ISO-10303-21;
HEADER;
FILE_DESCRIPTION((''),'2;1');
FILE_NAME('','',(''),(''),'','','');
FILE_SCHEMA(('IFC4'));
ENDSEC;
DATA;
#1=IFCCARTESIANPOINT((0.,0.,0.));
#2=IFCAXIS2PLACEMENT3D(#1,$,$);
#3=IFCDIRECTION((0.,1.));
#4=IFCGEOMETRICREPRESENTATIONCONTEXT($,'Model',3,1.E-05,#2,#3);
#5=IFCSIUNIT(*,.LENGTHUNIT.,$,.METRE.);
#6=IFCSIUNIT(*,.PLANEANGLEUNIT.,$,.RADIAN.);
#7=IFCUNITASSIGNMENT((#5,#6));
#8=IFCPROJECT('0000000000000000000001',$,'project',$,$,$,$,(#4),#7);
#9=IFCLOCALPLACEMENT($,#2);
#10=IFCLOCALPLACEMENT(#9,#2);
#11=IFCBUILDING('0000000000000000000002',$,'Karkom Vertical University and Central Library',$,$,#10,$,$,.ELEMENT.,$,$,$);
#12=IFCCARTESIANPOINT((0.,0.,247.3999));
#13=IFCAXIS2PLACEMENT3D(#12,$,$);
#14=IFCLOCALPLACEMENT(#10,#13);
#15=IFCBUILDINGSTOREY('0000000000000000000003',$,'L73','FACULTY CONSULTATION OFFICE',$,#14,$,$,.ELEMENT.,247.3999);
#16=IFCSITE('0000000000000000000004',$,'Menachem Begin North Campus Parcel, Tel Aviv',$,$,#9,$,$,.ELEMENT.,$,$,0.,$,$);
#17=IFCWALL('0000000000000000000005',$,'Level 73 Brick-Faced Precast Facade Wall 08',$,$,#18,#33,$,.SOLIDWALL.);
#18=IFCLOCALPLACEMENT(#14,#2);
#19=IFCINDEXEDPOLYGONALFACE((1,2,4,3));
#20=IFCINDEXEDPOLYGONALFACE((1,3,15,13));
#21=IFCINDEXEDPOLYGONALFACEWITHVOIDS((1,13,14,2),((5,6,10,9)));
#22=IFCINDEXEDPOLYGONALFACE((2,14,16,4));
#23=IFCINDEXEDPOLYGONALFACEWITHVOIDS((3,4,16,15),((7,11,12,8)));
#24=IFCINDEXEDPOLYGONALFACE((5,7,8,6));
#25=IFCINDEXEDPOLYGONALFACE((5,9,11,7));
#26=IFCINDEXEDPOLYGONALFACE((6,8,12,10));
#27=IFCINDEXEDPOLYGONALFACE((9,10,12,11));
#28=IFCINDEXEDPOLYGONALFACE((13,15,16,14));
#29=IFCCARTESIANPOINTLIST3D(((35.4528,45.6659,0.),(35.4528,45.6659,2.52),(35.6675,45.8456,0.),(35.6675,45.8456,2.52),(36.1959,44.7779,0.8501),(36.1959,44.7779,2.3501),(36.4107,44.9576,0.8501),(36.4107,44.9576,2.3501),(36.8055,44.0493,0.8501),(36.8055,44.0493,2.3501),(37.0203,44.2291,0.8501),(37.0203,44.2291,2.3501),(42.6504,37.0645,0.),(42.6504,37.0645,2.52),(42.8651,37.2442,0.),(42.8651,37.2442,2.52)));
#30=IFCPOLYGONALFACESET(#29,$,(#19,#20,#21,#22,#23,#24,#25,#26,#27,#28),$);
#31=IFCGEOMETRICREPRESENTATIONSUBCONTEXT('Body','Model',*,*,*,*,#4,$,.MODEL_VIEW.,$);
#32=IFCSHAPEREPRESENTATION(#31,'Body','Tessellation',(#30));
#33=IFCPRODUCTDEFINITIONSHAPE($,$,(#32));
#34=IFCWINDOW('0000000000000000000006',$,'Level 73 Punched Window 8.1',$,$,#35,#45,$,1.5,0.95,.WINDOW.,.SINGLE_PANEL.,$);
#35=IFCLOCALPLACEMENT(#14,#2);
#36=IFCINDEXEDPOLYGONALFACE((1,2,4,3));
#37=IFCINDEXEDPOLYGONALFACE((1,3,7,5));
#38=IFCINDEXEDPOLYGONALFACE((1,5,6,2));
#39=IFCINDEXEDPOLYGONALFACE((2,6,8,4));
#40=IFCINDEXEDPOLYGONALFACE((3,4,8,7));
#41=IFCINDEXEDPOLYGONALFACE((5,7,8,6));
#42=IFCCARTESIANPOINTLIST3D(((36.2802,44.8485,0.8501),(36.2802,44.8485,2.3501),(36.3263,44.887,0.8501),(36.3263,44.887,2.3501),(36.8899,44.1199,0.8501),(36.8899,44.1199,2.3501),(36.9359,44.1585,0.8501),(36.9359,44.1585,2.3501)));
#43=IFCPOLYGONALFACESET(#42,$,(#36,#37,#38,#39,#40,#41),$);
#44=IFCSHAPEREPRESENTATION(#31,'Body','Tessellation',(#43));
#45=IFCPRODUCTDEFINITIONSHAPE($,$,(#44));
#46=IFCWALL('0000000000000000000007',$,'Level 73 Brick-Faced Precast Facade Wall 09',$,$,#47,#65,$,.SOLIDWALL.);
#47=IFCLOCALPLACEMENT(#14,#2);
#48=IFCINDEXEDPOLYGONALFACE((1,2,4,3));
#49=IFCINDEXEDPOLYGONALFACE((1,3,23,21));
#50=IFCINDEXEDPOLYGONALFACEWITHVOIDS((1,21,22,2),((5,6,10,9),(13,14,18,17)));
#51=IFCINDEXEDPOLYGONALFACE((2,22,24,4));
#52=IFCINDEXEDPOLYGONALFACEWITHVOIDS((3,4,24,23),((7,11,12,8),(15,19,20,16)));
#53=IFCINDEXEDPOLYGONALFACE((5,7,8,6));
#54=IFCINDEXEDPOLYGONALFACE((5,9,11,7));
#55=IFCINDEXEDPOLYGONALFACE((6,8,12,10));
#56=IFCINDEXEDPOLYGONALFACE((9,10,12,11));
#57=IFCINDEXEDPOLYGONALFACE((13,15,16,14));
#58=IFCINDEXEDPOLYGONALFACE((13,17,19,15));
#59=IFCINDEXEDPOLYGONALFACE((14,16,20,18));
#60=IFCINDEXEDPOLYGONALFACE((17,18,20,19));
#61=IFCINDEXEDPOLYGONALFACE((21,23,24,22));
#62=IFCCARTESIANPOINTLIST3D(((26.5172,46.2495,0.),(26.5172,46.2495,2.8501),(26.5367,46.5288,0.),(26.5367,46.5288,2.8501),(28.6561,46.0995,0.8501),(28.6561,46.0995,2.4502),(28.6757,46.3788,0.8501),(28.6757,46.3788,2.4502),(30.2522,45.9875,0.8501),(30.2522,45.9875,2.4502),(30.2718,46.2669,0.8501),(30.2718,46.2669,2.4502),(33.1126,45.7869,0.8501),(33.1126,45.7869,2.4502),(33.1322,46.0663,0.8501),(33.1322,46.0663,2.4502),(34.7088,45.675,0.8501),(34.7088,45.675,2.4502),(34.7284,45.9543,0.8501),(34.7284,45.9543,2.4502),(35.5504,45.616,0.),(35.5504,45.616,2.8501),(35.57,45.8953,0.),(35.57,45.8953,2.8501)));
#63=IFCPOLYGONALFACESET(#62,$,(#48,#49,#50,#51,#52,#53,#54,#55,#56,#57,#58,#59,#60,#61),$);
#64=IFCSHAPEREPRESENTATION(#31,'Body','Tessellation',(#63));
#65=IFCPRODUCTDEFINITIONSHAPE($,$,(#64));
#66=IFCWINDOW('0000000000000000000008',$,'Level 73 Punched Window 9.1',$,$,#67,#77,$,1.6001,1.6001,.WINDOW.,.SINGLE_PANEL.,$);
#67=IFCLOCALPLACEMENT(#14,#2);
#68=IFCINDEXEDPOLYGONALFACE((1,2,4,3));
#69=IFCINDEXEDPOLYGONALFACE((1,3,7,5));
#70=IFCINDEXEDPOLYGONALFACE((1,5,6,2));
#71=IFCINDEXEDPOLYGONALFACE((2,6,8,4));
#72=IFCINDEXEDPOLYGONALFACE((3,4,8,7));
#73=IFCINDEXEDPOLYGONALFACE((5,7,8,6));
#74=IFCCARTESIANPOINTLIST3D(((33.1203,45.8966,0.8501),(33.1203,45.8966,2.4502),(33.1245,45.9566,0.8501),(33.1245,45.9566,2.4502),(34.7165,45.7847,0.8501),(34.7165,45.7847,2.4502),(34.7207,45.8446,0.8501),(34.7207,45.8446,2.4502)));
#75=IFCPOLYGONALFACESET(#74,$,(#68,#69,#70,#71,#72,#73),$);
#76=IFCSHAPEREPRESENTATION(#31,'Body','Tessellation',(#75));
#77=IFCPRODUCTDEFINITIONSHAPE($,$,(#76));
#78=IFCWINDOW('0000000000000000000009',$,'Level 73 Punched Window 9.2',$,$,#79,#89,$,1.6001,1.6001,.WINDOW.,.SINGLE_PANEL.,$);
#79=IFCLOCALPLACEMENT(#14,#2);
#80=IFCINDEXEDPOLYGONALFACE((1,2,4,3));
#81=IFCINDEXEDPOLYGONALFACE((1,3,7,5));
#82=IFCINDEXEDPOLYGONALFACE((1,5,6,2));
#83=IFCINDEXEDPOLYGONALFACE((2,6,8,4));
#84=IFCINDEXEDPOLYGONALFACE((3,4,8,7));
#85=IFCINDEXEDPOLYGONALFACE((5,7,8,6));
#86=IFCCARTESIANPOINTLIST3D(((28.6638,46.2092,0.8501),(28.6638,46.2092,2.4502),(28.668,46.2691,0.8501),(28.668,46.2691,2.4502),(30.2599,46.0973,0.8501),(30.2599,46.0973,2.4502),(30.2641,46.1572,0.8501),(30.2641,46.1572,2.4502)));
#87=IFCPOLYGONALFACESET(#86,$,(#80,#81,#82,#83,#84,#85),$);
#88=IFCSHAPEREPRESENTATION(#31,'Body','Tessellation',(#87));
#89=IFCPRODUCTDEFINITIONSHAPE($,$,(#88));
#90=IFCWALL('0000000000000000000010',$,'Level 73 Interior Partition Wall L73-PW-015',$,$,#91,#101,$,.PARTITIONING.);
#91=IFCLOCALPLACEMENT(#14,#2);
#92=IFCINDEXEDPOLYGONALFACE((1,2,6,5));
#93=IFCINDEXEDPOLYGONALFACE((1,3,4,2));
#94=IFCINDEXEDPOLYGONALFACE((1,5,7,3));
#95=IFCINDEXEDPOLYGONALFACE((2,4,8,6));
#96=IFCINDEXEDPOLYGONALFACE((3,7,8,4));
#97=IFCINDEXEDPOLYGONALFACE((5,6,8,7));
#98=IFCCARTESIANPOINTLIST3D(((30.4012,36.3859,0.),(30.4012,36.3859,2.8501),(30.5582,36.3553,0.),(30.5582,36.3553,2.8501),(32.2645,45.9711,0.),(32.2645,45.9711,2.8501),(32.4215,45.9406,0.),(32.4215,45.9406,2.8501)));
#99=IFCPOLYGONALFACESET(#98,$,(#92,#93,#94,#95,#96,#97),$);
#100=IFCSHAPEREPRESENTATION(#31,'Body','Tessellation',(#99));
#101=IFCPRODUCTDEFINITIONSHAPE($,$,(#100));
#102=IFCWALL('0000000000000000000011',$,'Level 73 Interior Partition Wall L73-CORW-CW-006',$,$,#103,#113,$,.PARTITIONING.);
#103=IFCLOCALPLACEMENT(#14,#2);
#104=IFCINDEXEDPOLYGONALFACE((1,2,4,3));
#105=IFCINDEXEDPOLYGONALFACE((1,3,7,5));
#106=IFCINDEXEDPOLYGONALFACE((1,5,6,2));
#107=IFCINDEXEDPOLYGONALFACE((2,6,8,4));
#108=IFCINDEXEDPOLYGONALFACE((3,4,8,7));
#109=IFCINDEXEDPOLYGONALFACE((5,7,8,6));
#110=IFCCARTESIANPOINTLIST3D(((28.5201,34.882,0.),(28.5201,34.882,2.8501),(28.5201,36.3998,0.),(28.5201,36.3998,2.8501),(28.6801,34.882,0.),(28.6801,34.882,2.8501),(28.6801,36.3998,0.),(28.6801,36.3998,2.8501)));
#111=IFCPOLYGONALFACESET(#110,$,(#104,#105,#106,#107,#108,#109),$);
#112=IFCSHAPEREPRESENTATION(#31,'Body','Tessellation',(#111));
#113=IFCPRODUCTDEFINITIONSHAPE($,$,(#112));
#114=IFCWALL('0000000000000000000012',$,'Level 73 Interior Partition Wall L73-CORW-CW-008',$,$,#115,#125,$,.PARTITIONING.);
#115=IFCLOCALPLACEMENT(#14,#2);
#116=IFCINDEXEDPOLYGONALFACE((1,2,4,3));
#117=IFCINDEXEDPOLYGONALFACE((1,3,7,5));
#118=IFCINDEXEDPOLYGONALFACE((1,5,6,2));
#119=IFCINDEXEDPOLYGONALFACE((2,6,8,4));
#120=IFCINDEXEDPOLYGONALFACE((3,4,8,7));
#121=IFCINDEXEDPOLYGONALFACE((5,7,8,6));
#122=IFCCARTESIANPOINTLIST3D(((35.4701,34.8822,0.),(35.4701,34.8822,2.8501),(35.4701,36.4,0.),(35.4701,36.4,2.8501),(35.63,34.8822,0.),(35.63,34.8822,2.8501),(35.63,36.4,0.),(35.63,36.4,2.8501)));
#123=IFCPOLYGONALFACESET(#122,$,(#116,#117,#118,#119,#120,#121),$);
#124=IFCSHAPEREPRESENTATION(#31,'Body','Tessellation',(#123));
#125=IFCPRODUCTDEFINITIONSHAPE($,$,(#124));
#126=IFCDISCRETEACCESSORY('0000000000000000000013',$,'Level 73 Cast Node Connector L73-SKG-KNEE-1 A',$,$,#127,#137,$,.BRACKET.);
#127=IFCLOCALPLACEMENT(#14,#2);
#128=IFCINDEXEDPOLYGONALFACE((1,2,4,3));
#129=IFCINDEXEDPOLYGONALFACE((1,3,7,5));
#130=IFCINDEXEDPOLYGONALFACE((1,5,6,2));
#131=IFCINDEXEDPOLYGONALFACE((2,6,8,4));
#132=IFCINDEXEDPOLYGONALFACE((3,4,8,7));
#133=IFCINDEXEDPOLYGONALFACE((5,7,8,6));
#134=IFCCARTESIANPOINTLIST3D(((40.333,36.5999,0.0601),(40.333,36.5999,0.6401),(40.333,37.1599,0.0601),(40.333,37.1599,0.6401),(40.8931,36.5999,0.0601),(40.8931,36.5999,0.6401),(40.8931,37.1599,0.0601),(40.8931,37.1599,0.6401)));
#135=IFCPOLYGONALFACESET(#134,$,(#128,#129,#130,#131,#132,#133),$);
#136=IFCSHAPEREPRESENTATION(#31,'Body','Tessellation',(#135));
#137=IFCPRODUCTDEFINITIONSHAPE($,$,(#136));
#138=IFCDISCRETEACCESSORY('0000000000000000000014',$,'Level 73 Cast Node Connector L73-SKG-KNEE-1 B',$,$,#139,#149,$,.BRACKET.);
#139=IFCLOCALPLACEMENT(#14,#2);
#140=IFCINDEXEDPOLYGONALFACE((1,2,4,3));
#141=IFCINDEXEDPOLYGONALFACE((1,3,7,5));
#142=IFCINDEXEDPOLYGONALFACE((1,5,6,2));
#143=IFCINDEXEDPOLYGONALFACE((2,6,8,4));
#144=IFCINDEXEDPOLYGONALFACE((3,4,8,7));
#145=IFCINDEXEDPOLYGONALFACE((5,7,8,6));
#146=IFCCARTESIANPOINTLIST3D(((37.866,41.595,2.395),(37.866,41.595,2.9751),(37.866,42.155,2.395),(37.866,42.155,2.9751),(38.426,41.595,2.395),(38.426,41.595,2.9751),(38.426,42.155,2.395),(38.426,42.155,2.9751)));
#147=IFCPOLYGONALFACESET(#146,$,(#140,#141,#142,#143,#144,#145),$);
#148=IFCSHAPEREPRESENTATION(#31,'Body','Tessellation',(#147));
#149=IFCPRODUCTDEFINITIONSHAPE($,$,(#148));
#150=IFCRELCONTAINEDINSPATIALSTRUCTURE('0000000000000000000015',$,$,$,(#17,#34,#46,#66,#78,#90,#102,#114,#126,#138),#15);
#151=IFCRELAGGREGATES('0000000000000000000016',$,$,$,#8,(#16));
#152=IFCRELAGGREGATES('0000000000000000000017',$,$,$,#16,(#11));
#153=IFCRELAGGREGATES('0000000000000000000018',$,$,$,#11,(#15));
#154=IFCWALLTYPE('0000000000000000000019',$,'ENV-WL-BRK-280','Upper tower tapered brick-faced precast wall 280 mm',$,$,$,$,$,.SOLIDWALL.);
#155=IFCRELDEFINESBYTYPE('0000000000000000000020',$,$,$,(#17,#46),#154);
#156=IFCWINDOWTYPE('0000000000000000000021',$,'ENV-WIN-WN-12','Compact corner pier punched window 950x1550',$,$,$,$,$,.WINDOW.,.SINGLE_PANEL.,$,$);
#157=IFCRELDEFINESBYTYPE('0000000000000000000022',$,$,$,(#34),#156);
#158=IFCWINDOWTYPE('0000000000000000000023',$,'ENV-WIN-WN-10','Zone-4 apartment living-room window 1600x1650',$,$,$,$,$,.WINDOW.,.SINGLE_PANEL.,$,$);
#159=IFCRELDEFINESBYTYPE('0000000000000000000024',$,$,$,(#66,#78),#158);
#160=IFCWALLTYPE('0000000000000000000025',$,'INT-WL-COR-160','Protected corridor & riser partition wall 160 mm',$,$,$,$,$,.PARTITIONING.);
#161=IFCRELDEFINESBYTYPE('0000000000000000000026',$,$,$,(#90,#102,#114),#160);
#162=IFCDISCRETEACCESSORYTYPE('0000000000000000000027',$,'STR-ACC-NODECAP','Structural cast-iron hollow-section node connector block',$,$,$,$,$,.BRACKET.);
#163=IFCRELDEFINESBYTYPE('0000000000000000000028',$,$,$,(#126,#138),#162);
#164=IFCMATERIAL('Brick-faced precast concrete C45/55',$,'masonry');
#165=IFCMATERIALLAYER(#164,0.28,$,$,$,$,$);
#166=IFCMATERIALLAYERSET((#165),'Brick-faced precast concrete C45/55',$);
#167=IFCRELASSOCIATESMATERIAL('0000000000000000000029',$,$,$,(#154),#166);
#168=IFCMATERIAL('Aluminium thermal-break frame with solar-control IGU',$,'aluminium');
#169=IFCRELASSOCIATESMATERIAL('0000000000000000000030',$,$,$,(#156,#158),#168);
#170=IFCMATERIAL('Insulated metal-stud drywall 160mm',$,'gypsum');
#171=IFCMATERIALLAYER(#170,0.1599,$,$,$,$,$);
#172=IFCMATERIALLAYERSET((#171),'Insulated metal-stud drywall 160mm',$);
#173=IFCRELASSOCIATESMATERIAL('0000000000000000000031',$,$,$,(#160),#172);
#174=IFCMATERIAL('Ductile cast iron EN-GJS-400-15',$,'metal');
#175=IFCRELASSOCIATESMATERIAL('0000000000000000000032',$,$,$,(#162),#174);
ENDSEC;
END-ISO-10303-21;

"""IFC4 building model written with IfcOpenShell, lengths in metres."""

from ifc_helpers import new_model, si_unit, direction, frame, frame_2d, origin, origin_with_axes, origin_2d, place, context, subcontext, project, spatial, rectangle, extrude, source, transform, mapped, material, layer, layer_set, type_object, element, fill, save


model = new_model("IFC4")

# Units and contexts
model_context = context("Model", 3, precision=1e-05, world=origin(), true_north=direction((0.0, 1.0)))
body_context = subcontext(model_context, "Body", "Model", "MODEL_VIEW")
ifc_project = project(units=[si_unit("LENGTHUNIT", "METRE"), si_unit("PLANEANGLEUNIT", "RADIAN")], contexts=[model_context])

# Site, building, storey
site_placement = place(None, origin())
site = spatial("IfcSite", under=ifc_project, at=site_placement, Name="Menachem Begin North Campus Parcel, Tel Aviv", CompositionType="ELEMENT", RefElevation=0.0)
building_placement = place(site_placement, origin())
building = spatial("IfcBuilding", under=site, at=building_placement, Name="Karkom Vertical University and Central Library", CompositionType="ELEMENT")
storey_placement = place(building_placement, frame((0.0, 0.0, 247.3999)))
storey = spatial("IfcBuildingStorey", under=building, at=storey_placement, Name="L73", Description="FACULTY CONSULTATION OFFICE", CompositionType="ELEMENT", Elevation=247.3999)

# Wall, opening, window
ifc_material_1 = material(Name="Brick-faced precast concrete C45/55", Category="masonry")
ifc_layer_1 = layer(ifc_material_1, 0.28)
ifc_layer_set_1 = layer_set([ifc_layer_1], Name="Brick-faced precast concrete C45/55")
wall_type_1 = type_object("IfcWallType", Name="ENV-WL-BRK-280", Description="Upper tower tapered brick-faced precast wall 280 mm", PredefinedType="SOLIDWALL", material=ifc_layer_set_1)
wall_1_placement = place(storey_placement, frame((42.7578, 37.1543, 0.0), z_axis=(0.0, 0.0, 1.0), x_axis=(-0.641748, 0.766915, 0.0)))
wall_1 = element("IfcWall", 1, at=wall_1_placement, inside=storey, type_object=wall_type_1, Name="Level 73 Brick-Faced Precast Facade Wall 08", PredefinedType="SOLIDWALL", context=body_context, shape_type="SweptSolid", body=[
    extrude(rectangle(XDim=11.2156, YDim=0.28, at=frame_2d((5.6079, 0.0))), origin(), (0.0, 0.0, 1.0), 2.52),
])
opening_1_placement = place(wall_1_placement, frame((9.1077, 0.0, 0.8501)))
opening_1 = element("IfcOpeningElement", 2, at=opening_1_placement, cuts=wall_1, PredefinedType="OPENING", context=body_context, shape_type="SweptSolid", body=[
    extrude(rectangle(XDim=0.95, YDim=1.5, at=frame_2d((0.4751, 0.75))), frame((0.0, 0.1499, 0.0), z_axis=(0.0, -1.0, 0.0), x_axis=(1.0, 0.0, 0.0)), (0.0, 0.0, 1.0), 0.3),
])
ifc_material_2 = material(Name="Aluminium thermal-break frame with solar-control IGU", Category="aluminium")
window_type_1 = type_object("IfcWindowType", Name="ENV-WIN-WN-12", Description="Compact corner pier punched window 950x1550", PartitioningType="SINGLE_PANEL", PredefinedType="WINDOW", material=ifc_material_2)
shared_shape_1 = source(origin_with_axes(), body_context, "Body", "SweptSolid", [
    extrude(rectangle(XDim=0.95, YDim=1.5, at=frame_2d((0.4751, 0.75))), frame((0.0, 0.03, 0.0), z_axis=(0.0, -1.0, 0.0), x_axis=(1.0, 0.0, 0.0)), (0.0, 0.0, 1.0), 0.0601),
])
window_1_placement = place(opening_1_placement, origin())
window_1 = element("IfcWindow", 3, at=window_1_placement, inside=storey, type_object=window_type_1, Name="Level 73 Punched Window 8.1", OverallHeight=1.5, OverallWidth=0.95, PartitioningType="SINGLE_PANEL", PredefinedType="WINDOW", context=body_context, shape_type="MappedRepresentation", body=[
    mapped(shared_shape_1, transform((0.0, 0.0, 0.0), scale=1.0)),
])
fill(opening_1, window_1)

# Wall, openings, windows
wall_2_placement = place(storey_placement, frame((35.5603, 45.7556, 0.0), z_axis=(0.0, 0.0, 1.0), x_axis=(-0.99755, 0.069963, 0.0)))
wall_2 = element("IfcWall", 4, at=wall_2_placement, inside=storey, type_object=wall_type_1, Name="Level 73 Brick-Faced Precast Facade Wall 09", PredefinedType="SOLIDWALL", context=body_context, shape_type="SweptSolid", body=[
    extrude(rectangle(XDim=9.0554, YDim=0.28, at=frame_2d((4.5278, 0.0))), origin(), (0.0, 0.0, 1.0), 2.8501),
])
opening_2_placement = place(wall_2_placement, frame((0.8438, 0.0, 0.8501)))
opening_2 = element("IfcOpeningElement", 5, at=opening_2_placement, cuts=wall_2, PredefinedType="OPENING", context=body_context, shape_type="SweptSolid", body=[
    extrude(rectangle(XDim=1.6001, YDim=1.6001, at=frame_2d((0.8, 0.8))), frame((0.0, 0.1499, 0.0), z_axis=(0.0, -1.0, 0.0), x_axis=(1.0, 0.0, 0.0)), (0.0, 0.0, 1.0), 0.3),
])
opening_3_placement = place(wall_2_placement, frame((5.3113, 0.0, 0.8501)))
opening_3 = element("IfcOpeningElement", 6, at=opening_3_placement, cuts=wall_2, PredefinedType="OPENING", context=body_context, shape_type="SweptSolid", body=[
    extrude(rectangle(XDim=1.6001, YDim=1.6001, at=frame_2d((0.8, 0.8))), frame((0.0, 0.1499, 0.0), z_axis=(0.0, -1.0, 0.0), x_axis=(1.0, 0.0, 0.0)), (0.0, 0.0, 1.0), 0.3),
])
window_type_2 = type_object("IfcWindowType", Name="ENV-WIN-WN-10", Description="Zone-4 apartment living-room window 1600x1650", PartitioningType="SINGLE_PANEL", PredefinedType="WINDOW", material=ifc_material_2)
shared_shape_2 = source(origin_with_axes(), body_context, "Body", "SweptSolid", [
    extrude(rectangle(XDim=1.6001, YDim=1.6001, at=frame_2d((0.8, 0.8))), frame((0.0, 0.03, 0.0), z_axis=(0.0, -1.0, 0.0), x_axis=(1.0, 0.0, 0.0)), (0.0, 0.0, 1.0), 0.0601),
])
window_2_placement = place(opening_2_placement, origin())
window_2 = element("IfcWindow", 7, at=window_2_placement, inside=storey, type_object=window_type_2, Name="Level 73 Punched Window 9.1", OverallHeight=1.6001, OverallWidth=1.6001, PartitioningType="SINGLE_PANEL", PredefinedType="WINDOW", context=body_context, shape_type="MappedRepresentation", body=[
    mapped(shared_shape_2, transform((0.0, 0.0, 0.0), scale=1.0)),
])
fill(opening_2, window_2)
window_3_placement = place(opening_3_placement, origin())
window_3 = element("IfcWindow", 8, at=window_3_placement, inside=storey, type_object=window_type_2, Name="Level 73 Punched Window 9.2", OverallHeight=1.6001, OverallWidth=1.6001, PartitioningType="SINGLE_PANEL", PredefinedType="WINDOW", context=body_context, shape_type="MappedRepresentation", body=[
    mapped(shared_shape_2, transform((0.0, 0.0, 0.0), scale=1.0)),
])
fill(opening_3, window_3)

# Wall
ifc_material_3 = material(Name="Insulated metal-stud drywall 160mm", Category="gypsum")
ifc_layer_2 = layer(ifc_material_3, 0.1599)
ifc_layer_set_2 = layer_set([ifc_layer_2], Name="Insulated metal-stud drywall 160mm")
wall_type_2 = type_object("IfcWallType", Name="INT-WL-COR-160", Description="Protected corridor & riser partition wall 160 mm", PredefinedType="PARTITIONING", material=ifc_layer_set_2)
wall_3_placement = place(storey_placement, frame((30.4797, 36.3706, 0.0), z_axis=(0.0, 0.0, 1.0), x_axis=(0.190819, 0.981625, 0.0)))
element("IfcWall", 9, at=wall_3_placement, inside=storey, type_object=wall_type_2, Name="Level 73 Interior Partition Wall L73-PW-015", PredefinedType="PARTITIONING", context=body_context, shape_type="SweptSolid", body=[
    extrude(rectangle(XDim=9.7646, YDim=0.1599, at=frame_2d((4.8823, 0.0))), origin(), (0.0, 0.0, 1.0), 2.8501),
])

# Walls
for number, where, z_axis, x_axis, name in (
    (10, (28.6001, 34.8821, 0.0), (0.0, 0.0, 1.0), (0.0, 1.0, 0.0), "Level 73 Interior Partition Wall L73-CORW-CW-006"),
    (11, (35.55, 36.3999, 0.0), (0.0, 0.0, 1.0), (0.0, -1.0, 0.0), "Level 73 Interior Partition Wall L73-CORW-CW-008"),
):
    element("IfcWall", number, at=place(storey_placement, frame(where, z_axis=z_axis, x_axis=x_axis)), inside=storey, type_object=wall_type_2, Name=name, PredefinedType="PARTITIONING", context=body_context, shape_type="SweptSolid", body=[
        extrude(rectangle(XDim=1.5178, YDim=0.1599, at=frame_2d((0.7588, 0.0))), origin(), (0.0, 0.0, 1.0), 2.8501),
    ])

# Discrete accessories
ifc_material_4 = material(Name="Ductile cast iron EN-GJS-400-15", Category="metal")
discrete_accessory_type = type_object("IfcDiscreteAccessoryType", Name="STR-ACC-NODECAP", Description="Structural cast-iron hollow-section node connector block", PredefinedType="BRACKET", material=ifc_material_4)
shared_shape_3 = source(origin_with_axes(), body_context, "Body", "SweptSolid", [
    extrude(rectangle(XDim=0.5601, YDim=0.5601, at=origin_2d()), origin(), (0.0, 0.0, 1.0), 0.5801),
])
for number, where, z_axis, x_axis, name in (
    (12, (40.613, 36.8799, 0.0601), (0.0, 0.0, 1.0), (1.0, 0.0, 0.0), "Level 73 Cast Node Connector L73-SKG-KNEE-1 A"),
    (13, (38.146, 41.875, 2.395), (0.0, 0.0, 1.0), (1.0, 0.0, 0.0), "Level 73 Cast Node Connector L73-SKG-KNEE-1 B"),
):
    element("IfcDiscreteAccessory", number, at=place(storey_placement, frame(where, z_axis=z_axis, x_axis=x_axis)), inside=storey, type_object=discrete_accessory_type, Name=name, PredefinedType="BRACKET", context=body_context, shape_type="MappedRepresentation", body=[
        mapped(shared_shape_3, transform((0.0, 0.0, 0.0), scale=1.0)),
    ])

save(model, "model.ifc")
